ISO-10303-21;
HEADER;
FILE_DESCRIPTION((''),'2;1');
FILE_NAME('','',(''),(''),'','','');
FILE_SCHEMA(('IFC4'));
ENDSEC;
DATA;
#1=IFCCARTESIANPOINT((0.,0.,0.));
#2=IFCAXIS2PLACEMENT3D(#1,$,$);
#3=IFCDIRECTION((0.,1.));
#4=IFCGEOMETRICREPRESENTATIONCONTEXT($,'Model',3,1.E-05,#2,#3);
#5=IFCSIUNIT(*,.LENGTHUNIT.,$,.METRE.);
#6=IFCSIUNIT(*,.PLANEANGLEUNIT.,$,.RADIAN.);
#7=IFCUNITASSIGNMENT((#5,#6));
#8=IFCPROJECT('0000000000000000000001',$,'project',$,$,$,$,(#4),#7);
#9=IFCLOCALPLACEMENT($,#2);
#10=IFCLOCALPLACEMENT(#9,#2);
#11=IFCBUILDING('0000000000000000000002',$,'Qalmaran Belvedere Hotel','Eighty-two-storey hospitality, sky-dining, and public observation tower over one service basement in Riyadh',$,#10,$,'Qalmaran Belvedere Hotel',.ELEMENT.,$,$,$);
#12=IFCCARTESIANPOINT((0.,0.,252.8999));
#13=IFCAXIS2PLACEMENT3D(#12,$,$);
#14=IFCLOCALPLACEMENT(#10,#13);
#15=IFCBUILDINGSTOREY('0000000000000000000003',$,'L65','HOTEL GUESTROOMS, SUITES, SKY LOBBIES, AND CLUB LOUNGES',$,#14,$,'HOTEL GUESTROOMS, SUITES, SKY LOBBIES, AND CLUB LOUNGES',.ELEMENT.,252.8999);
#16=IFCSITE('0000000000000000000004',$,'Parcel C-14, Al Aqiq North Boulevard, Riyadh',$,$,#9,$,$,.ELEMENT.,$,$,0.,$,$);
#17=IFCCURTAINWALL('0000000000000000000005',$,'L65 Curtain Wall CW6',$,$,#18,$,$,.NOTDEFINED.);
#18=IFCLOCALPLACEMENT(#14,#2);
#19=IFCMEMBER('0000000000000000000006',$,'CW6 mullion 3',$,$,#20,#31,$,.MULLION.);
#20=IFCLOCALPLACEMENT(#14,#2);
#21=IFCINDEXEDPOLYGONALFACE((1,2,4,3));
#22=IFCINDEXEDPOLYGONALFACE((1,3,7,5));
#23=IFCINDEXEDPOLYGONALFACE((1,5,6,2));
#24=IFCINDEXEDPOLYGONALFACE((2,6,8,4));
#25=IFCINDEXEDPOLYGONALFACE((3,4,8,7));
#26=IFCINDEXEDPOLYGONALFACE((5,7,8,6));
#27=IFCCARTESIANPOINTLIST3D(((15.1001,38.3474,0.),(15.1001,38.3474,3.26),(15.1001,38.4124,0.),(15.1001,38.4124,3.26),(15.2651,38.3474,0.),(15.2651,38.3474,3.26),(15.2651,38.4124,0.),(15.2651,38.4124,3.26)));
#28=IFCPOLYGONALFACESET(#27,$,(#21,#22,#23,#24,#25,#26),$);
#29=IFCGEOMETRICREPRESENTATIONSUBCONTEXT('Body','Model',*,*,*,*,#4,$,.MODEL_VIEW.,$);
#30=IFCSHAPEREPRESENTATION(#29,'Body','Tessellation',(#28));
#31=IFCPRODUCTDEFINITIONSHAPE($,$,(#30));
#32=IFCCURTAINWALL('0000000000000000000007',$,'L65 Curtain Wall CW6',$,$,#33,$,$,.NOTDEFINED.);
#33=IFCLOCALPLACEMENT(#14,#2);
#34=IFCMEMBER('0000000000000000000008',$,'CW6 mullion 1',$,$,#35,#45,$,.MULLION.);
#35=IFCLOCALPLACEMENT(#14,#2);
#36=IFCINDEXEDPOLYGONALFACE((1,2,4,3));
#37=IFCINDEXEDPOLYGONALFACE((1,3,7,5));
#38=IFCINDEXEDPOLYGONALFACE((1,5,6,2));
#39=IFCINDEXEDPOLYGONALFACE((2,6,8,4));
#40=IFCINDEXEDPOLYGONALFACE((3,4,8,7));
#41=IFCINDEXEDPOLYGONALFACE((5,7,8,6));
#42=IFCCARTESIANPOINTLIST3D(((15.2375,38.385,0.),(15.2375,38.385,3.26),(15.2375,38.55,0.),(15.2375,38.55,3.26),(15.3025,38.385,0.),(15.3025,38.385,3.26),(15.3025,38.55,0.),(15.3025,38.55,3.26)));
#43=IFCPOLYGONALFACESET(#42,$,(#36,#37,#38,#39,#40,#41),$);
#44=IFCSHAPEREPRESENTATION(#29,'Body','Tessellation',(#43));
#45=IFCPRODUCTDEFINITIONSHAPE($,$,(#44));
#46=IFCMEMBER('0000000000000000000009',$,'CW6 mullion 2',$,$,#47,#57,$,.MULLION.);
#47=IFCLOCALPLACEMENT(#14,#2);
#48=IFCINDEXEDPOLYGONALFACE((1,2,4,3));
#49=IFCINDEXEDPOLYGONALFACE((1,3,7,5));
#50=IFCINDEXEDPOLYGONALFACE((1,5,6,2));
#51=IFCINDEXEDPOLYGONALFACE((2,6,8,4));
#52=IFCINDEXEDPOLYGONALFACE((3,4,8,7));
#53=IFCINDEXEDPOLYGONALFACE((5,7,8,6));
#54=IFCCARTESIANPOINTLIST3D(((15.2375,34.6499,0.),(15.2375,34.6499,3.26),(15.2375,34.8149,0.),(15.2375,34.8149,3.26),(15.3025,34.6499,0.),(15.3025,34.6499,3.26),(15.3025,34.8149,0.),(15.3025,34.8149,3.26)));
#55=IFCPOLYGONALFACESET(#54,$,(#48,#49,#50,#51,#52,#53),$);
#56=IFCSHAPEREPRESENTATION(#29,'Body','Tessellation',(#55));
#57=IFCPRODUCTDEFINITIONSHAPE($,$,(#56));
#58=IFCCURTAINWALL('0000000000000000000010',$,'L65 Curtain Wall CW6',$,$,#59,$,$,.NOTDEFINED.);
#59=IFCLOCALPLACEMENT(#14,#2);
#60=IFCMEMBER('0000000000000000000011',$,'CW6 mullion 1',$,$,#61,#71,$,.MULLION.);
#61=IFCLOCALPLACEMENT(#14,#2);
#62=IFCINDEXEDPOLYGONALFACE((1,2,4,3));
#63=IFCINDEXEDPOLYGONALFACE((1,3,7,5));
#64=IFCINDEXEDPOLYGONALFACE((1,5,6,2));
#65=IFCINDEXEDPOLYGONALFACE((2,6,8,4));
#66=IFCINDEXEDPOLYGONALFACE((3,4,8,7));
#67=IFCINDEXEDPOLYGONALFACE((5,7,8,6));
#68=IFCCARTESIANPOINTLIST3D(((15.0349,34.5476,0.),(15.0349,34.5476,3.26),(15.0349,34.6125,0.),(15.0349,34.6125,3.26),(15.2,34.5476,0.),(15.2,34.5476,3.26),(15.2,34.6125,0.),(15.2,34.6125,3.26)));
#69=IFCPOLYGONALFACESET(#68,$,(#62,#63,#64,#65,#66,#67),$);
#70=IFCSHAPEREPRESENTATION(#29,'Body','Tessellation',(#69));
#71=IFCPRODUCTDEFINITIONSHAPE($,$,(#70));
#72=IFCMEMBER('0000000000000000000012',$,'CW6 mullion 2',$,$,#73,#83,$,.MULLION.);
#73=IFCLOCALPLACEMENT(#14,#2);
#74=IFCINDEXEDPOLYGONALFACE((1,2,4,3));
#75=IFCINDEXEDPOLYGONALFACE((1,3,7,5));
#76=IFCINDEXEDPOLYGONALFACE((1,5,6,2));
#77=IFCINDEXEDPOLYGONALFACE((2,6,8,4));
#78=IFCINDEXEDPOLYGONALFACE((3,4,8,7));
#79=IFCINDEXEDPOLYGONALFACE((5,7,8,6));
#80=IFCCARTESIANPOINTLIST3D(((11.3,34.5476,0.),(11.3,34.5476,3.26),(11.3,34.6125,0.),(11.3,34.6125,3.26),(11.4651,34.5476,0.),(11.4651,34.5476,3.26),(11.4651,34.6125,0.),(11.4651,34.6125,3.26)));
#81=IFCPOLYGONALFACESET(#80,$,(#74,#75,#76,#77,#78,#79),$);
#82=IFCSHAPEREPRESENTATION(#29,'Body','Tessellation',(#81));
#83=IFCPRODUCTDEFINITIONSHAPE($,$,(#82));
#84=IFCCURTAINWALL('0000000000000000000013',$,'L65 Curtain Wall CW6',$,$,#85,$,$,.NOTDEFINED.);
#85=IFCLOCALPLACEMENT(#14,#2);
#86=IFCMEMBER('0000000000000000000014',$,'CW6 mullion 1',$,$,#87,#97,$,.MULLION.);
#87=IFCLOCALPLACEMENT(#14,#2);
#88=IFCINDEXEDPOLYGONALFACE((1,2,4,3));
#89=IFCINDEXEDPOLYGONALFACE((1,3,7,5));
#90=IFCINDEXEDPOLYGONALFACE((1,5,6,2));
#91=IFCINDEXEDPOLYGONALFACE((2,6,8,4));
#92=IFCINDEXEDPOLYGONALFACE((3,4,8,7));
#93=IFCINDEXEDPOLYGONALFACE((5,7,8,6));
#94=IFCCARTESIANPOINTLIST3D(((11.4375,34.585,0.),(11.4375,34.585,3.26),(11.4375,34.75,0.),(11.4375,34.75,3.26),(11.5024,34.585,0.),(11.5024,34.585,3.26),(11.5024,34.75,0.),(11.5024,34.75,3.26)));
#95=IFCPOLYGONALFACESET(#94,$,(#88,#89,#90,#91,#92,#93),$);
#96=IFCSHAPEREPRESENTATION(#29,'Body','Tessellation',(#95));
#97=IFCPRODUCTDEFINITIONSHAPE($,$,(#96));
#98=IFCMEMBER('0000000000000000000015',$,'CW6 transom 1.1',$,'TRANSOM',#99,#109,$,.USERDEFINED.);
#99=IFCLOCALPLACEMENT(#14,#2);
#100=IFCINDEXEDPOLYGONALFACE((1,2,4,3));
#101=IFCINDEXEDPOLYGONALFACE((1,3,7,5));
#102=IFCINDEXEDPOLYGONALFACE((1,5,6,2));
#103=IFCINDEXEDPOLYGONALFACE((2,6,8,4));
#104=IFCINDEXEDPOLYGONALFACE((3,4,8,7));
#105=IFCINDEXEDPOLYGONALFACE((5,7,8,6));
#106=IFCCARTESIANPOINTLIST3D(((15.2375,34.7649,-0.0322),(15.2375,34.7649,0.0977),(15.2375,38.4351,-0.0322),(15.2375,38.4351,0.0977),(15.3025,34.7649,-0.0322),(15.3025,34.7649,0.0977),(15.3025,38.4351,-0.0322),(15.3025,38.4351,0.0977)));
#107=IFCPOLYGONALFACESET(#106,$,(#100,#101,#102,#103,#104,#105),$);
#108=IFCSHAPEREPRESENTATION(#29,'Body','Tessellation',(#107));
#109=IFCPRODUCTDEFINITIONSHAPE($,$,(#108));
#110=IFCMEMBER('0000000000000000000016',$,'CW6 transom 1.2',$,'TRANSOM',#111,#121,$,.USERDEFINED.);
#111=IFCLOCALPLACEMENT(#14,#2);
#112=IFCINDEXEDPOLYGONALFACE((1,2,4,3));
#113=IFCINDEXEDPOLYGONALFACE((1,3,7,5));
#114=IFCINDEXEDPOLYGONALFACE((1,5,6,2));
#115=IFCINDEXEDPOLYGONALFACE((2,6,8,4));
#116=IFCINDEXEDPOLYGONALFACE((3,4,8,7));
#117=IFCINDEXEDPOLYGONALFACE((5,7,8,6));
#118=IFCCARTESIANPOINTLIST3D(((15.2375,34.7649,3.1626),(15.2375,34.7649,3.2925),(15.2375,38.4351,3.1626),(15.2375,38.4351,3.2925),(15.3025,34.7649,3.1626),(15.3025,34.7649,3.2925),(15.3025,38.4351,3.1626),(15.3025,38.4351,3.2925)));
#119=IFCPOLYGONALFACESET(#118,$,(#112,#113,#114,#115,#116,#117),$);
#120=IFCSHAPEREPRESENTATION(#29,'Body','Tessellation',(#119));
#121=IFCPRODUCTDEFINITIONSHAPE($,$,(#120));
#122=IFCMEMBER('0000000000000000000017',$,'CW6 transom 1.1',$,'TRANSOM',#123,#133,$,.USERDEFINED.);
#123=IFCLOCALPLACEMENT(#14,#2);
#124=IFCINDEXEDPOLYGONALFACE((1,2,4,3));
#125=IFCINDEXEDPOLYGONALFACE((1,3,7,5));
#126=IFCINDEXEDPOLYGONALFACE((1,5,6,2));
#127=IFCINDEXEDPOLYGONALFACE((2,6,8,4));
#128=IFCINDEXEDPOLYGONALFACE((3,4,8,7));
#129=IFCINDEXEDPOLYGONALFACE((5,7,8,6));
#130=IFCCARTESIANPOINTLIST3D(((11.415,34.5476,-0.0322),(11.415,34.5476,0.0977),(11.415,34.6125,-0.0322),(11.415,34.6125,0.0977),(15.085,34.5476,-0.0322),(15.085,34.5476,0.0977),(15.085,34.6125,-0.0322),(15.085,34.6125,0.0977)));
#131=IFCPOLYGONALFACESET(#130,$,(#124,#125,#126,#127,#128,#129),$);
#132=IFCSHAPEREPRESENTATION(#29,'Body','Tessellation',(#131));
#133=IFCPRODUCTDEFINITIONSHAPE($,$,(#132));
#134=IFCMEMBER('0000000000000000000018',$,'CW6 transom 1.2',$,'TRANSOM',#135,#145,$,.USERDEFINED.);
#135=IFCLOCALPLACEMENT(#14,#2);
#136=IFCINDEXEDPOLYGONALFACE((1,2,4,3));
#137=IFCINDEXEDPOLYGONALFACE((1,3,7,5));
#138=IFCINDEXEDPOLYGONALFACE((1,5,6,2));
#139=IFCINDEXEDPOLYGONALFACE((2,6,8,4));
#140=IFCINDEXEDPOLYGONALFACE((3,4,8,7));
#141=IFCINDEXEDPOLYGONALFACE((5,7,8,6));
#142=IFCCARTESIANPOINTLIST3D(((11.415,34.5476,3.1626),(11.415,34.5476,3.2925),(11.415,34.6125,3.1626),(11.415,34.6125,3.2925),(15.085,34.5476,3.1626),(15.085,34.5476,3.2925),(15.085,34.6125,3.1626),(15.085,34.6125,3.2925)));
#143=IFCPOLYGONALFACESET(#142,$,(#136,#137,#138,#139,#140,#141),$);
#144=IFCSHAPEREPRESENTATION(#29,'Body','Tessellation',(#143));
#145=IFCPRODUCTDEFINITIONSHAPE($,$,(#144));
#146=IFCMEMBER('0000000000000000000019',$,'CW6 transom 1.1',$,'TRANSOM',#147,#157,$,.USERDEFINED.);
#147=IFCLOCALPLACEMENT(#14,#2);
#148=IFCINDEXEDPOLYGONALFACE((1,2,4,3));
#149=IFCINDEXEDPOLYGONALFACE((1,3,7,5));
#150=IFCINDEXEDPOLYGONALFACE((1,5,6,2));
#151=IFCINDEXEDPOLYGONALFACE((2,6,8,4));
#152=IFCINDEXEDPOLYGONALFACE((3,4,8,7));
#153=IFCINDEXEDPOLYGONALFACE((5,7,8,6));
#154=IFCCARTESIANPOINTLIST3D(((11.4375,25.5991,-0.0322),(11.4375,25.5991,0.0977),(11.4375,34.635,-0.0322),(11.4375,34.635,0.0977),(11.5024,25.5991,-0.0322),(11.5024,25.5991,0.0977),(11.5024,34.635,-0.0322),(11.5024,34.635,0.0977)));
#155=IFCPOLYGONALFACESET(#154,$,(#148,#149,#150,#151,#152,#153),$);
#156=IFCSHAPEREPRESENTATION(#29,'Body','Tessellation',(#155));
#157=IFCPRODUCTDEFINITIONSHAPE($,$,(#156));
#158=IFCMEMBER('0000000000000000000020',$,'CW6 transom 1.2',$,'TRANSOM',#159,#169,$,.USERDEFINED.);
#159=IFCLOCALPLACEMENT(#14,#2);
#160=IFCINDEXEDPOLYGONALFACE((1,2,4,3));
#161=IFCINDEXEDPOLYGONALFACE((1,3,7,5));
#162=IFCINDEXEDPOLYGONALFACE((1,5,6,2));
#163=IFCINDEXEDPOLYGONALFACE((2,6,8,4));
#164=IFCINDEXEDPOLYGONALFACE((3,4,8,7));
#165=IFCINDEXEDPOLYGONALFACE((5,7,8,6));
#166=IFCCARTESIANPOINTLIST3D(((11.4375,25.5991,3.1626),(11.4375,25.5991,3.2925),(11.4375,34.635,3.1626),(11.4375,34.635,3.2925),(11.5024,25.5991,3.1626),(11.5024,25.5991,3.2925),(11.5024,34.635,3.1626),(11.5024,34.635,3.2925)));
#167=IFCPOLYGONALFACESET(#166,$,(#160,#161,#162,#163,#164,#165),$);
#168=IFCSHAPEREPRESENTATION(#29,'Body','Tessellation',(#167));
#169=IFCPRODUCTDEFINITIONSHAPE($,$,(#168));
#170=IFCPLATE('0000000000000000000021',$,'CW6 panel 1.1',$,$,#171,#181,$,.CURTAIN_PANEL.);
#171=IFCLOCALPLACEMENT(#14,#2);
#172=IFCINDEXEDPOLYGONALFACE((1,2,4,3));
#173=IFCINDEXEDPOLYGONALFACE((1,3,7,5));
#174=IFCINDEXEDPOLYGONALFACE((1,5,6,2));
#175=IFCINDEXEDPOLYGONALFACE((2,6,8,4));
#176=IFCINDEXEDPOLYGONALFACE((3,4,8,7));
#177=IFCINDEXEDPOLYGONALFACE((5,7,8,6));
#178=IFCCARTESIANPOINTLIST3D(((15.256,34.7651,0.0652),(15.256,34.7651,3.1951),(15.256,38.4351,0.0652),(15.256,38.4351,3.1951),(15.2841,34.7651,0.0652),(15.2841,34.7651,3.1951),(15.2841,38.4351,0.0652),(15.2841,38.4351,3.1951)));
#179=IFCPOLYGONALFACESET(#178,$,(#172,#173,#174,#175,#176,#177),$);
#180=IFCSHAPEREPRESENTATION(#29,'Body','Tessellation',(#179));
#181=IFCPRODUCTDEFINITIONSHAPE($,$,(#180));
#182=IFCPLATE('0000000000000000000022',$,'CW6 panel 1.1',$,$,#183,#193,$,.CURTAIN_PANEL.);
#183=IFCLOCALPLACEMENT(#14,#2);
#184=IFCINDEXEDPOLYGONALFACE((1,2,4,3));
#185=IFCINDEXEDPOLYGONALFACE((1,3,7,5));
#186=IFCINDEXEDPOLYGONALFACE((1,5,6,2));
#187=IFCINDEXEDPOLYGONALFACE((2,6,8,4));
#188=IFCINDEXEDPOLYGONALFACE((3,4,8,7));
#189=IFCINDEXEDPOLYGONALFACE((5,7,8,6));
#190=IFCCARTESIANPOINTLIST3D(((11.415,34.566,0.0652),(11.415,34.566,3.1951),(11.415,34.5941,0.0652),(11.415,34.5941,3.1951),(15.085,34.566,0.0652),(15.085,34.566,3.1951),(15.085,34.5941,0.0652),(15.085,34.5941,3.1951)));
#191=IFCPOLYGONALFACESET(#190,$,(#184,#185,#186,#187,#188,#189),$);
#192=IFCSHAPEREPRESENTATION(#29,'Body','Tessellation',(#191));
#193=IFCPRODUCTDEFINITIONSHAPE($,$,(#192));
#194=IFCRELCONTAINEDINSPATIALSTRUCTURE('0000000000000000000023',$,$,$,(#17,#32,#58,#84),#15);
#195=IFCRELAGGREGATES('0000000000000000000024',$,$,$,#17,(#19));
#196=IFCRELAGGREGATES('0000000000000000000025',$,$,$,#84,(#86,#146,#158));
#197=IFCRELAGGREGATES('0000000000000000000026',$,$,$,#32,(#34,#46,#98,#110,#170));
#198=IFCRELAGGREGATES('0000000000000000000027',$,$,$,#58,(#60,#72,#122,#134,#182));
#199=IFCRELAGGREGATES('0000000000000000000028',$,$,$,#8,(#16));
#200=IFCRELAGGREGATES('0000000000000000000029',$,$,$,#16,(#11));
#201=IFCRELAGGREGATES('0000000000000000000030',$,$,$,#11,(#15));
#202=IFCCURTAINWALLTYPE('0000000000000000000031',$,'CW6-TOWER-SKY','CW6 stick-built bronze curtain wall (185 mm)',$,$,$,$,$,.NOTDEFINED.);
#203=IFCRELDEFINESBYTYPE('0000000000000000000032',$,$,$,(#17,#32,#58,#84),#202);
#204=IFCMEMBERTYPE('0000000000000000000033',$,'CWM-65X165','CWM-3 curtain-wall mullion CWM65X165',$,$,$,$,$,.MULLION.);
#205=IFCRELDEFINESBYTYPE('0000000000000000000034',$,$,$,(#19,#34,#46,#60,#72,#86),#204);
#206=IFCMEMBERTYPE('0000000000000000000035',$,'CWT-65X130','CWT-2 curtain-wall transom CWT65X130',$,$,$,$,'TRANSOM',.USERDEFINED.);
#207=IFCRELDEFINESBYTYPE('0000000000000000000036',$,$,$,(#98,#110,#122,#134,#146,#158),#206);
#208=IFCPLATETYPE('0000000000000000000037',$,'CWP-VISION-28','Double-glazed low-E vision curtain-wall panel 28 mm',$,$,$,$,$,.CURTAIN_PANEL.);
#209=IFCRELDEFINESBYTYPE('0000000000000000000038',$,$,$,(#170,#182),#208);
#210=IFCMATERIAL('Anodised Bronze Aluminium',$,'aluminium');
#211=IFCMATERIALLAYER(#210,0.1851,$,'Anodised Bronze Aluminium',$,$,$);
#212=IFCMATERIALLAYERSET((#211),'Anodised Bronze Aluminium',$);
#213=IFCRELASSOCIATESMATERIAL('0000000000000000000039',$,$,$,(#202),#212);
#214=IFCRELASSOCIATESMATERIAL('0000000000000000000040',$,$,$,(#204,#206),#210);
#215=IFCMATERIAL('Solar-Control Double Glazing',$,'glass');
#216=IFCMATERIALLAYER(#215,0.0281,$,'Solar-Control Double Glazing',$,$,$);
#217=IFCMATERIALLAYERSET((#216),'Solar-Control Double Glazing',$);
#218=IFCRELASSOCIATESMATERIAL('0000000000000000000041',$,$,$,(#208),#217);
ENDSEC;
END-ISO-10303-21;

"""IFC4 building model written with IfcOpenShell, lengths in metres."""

from ifc_helpers import new_model, si_unit, direction, frame, origin, origin_2d, place, context, subcontext, project, spatial, rectangle, extrude, material, layer, layer_set, material_profile, profile_set, type_object, element, aggregate, save


model = new_model("IFC4")

# Units and contexts
model_context = context("Model", 3, precision=1e-05, world=origin(), true_north=direction((0.0, 1.0)))
body_context = subcontext(model_context, "Body", "Model", "MODEL_VIEW")
ifc_project = project(units=[si_unit("LENGTHUNIT", "METRE"), si_unit("PLANEANGLEUNIT", "RADIAN")], contexts=[model_context])

# Site, building, storey
site_placement = place(None, origin())
site = spatial("IfcSite", under=ifc_project, at=site_placement, Name="Parcel C-14, Al Aqiq North Boulevard, Riyadh", CompositionType="ELEMENT", RefElevation=0.0)
building_placement = place(site_placement, origin())
building = spatial("IfcBuilding", under=site, at=building_placement, Name="Qalmaran Belvedere Hotel", Description="Eighty-two-storey hospitality, sky-dining, and public observation tower over one service basement in Riyadh", LongName="Qalmaran Belvedere Hotel", CompositionType="ELEMENT")
storey_placement = place(building_placement, frame((0.0, 0.0, 252.8999)))
storey = spatial("IfcBuildingStorey", under=building, at=storey_placement, Name="L65", Description="HOTEL GUESTROOMS, SUITES, SKY LOBBIES, AND CLUB LOUNGES", LongName="HOTEL GUESTROOMS, SUITES, SKY LOBBIES, AND CLUB LOUNGES", CompositionType="ELEMENT", Elevation=252.8999)

# Curtain wall, member
ifc_material_1 = material(Name="Anodised Bronze Aluminium", Category="aluminium")
ifc_layer_1 = layer(ifc_material_1, 0.1851, Name="Anodised Bronze Aluminium")
ifc_layer_set_1 = layer_set([ifc_layer_1], Name="Anodised Bronze Aluminium")
curtain_wall_type = type_object("IfcCurtainWallType", Name="CW6-TOWER-SKY", Description="CW6 stick-built bronze curtain wall (185 mm)", PredefinedType="NOTDEFINED", material=ifc_layer_set_1)
curtain_wall_1_placement = place(storey_placement, origin())
curtain_wall_1 = element("IfcCurtainWall", 1, at=curtain_wall_1_placement, inside=storey, type_object=curtain_wall_type, Name="L65 Curtain Wall CW6", PredefinedType="NOTDEFINED")
ifc_material_profile_1 = material_profile(ifc_material_1, rectangle(XDim=0.0649, YDim=0.165, at=origin_2d()), Name="CWM65X165")
ifc_profile_set_1 = profile_set([ifc_material_profile_1], Name="Anodised Bronze Aluminium")
member_type_1 = type_object("IfcMemberType", Name="CWM-65X165", Description="CWM-3 curtain-wall mullion CWM65X165", PredefinedType="MULLION", material=ifc_profile_set_1)
member_1_placement = place(storey_placement, frame((15.1826, 38.3799, 0.0), z_axis=(0.0, 0.0, 1.0), x_axis=(0.0, -1.0, 0.0)))
member_1 = element("IfcMember", 2, at=member_1_placement, type_object=member_type_1, Name="CW6 mullion 3", PredefinedType="MULLION", context=body_context, shape_type="SweptSolid", body=[
    extrude(rectangle(XDim=0.0649, YDim=0.165, at=origin_2d()), origin(), (0.0, 0.0, 1.0), 3.26),
])
aggregate(curtain_wall_1, [member_1])

# Curtain walls, members
curtain_wall_2_placement = place(storey_placement, origin())
curtain_wall_2 = element("IfcCurtainWall", 3, at=curtain_wall_2_placement, inside=storey, type_object=curtain_wall_type, Name="L65 Curtain Wall CW6", PredefinedType="NOTDEFINED")
member_2_placement = place(storey_placement, frame((15.27, 38.4675, 0.0), z_axis=(0.0, 0.0, 1.0), x_axis=(1.0, 0.0, 0.0)))
member_2 = element("IfcMember", 4, at=member_2_placement, type_object=member_type_1, Name="CW6 mullion 1", PredefinedType="MULLION", context=body_context, shape_type="SweptSolid", body=[
    extrude(rectangle(XDim=0.0649, YDim=0.165, at=origin_2d()), origin(), (0.0, 0.0, 1.0), 3.26),
])
member_3_placement = place(storey_placement, frame((15.27, 34.7324, 0.0), z_axis=(0.0, 0.0, 1.0), x_axis=(1.0, 0.0, 0.0)))
member_3 = element("IfcMember", 5, at=member_3_placement, type_object=member_type_1, Name="CW6 mullion 2", PredefinedType="MULLION", context=body_context, shape_type="SweptSolid", body=[
    extrude(rectangle(XDim=0.0649, YDim=0.165, at=origin_2d()), origin(), (0.0, 0.0, 1.0), 3.26),
])
curtain_wall_3_placement = place(storey_placement, origin())
curtain_wall_3 = element("IfcCurtainWall", 6, at=curtain_wall_3_placement, inside=storey, type_object=curtain_wall_type, Name="L65 Curtain Wall CW6", PredefinedType="NOTDEFINED")
member_4_placement = place(storey_placement, frame((15.1174, 34.5801, 0.0), z_axis=(0.0, 0.0, 1.0), x_axis=(0.0, -1.0, 0.0)))
member_4 = element("IfcMember", 7, at=member_4_placement, type_object=member_type_1, Name="CW6 mullion 1", PredefinedType="MULLION", context=body_context, shape_type="SweptSolid", body=[
    extrude(rectangle(XDim=0.0649, YDim=0.165, at=origin_2d()), origin(), (0.0, 0.0, 1.0), 3.26),
])
member_5_placement = place(storey_placement, frame((11.3826, 34.5801, 0.0), z_axis=(0.0, 0.0, 1.0), x_axis=(0.0, -1.0, 0.0)))
member_5 = element("IfcMember", 8, at=member_5_placement, type_object=member_type_1, Name="CW6 mullion 2", PredefinedType="MULLION", context=body_context, shape_type="SweptSolid", body=[
    extrude(rectangle(XDim=0.0649, YDim=0.165, at=origin_2d()), origin(), (0.0, 0.0, 1.0), 3.26),
])

# Curtain wall, member
curtain_wall_4_placement = place(storey_placement, origin())
curtain_wall_4 = element("IfcCurtainWall", 9, at=curtain_wall_4_placement, inside=storey, type_object=curtain_wall_type, Name="L65 Curtain Wall CW6", PredefinedType="NOTDEFINED")
member_6_placement = place(storey_placement, frame((11.47, 34.6675, 0.0), z_axis=(0.0, 0.0, 1.0), x_axis=(1.0, 0.0, 0.0)))
member_6 = element("IfcMember", 10, at=member_6_placement, type_object=member_type_1, Name="CW6 mullion 1", PredefinedType="MULLION", context=body_context, shape_type="SweptSolid", body=[
    extrude(rectangle(XDim=0.0649, YDim=0.165, at=origin_2d()), origin(), (0.0, 0.0, 1.0), 3.26),
])

# Members
ifc_material_profile_2 = material_profile(ifc_material_1, rectangle(XDim=0.0649, YDim=0.1299, at=origin_2d()), Name="CWT65X130")
ifc_profile_set_2 = profile_set([ifc_material_profile_2], Name="Anodised Bronze Aluminium")
member_type_2 = type_object("IfcMemberType", Name="CWT-65X130", Description="CWT-2 curtain-wall transom CWT65X130", ElementType="TRANSOM", PredefinedType="USERDEFINED", material=ifc_profile_set_2)
member_7_placement = place(storey_placement, frame((15.27, 38.4351, 0.0327), z_axis=(0.0, -1.0, 0.0), x_axis=(1.0, 0.0, 0.0)))
member_7 = element("IfcMember", 11, at=member_7_placement, type_object=member_type_2, Name="CW6 transom 1.1", ObjectType="TRANSOM", PredefinedType="USERDEFINED", context=body_context, shape_type="SweptSolid", body=[
    extrude(rectangle(XDim=0.0649, YDim=0.1299, at=origin_2d()), origin(), (0.0, 0.0, 1.0), 3.6702),
])
member_8_placement = place(storey_placement, frame((15.27, 38.4351, 3.2275), z_axis=(0.0, -1.0, 0.0), x_axis=(1.0, 0.0, 0.0)))
member_8 = element("IfcMember", 12, at=member_8_placement, type_object=member_type_2, Name="CW6 transom 1.2", ObjectType="TRANSOM", PredefinedType="USERDEFINED", context=body_context, shape_type="SweptSolid", body=[
    extrude(rectangle(XDim=0.0649, YDim=0.1299, at=origin_2d()), origin(), (0.0, 0.0, 1.0), 3.6702),
])
member_9_placement = place(storey_placement, frame((15.085, 34.5801, 0.0327), z_axis=(-1.0, 0.0, 0.0), x_axis=(0.0, -1.0, 0.0)))
member_9 = element("IfcMember", 13, at=member_9_placement, type_object=member_type_2, Name="CW6 transom 1.1", ObjectType="TRANSOM", PredefinedType="USERDEFINED", context=body_context, shape_type="SweptSolid", body=[
    extrude(rectangle(XDim=0.0649, YDim=0.1299, at=origin_2d()), origin(), (0.0, 0.0, 1.0), 3.6699),
])
member_10_placement = place(storey_placement, frame((15.085, 34.5801, 3.2275), z_axis=(-1.0, 0.0, 0.0), x_axis=(0.0, -1.0, 0.0)))
member_10 = element("IfcMember", 14, at=member_10_placement, type_object=member_type_2, Name="CW6 transom 1.2", ObjectType="TRANSOM", PredefinedType="USERDEFINED", context=body_context, shape_type="SweptSolid", body=[
    extrude(rectangle(XDim=0.0649, YDim=0.1299, at=origin_2d()), origin(), (0.0, 0.0, 1.0), 3.6699),
])
member_11_placement = place(storey_placement, frame((11.47, 34.635, 0.0327), z_axis=(0.0, -1.0, 0.0), x_axis=(1.0, 0.0, 0.0)))
member_11 = element("IfcMember", 15, at=member_11_placement, type_object=member_type_2, Name="CW6 transom 1.1", ObjectType="TRANSOM", PredefinedType="USERDEFINED", context=body_context, shape_type="SweptSolid", body=[
    extrude(rectangle(XDim=0.0649, YDim=0.1299, at=origin_2d()), origin(), (0.0, 0.0, 1.0), 9.0359),
])
member_12_placement = place(storey_placement, frame((11.47, 34.635, 3.2275), z_axis=(0.0, -1.0, 0.0), x_axis=(1.0, 0.0, 0.0)))
member_12 = element("IfcMember", 16, at=member_12_placement, type_object=member_type_2, Name="CW6 transom 1.2", ObjectType="TRANSOM", PredefinedType="USERDEFINED", context=body_context, shape_type="SweptSolid", body=[
    extrude(rectangle(XDim=0.0649, YDim=0.1299, at=origin_2d()), origin(), (0.0, 0.0, 1.0), 9.0359),
])
aggregate(curtain_wall_4, [member_6, member_11, member_12])

# Plates
ifc_material_2 = material(Name="Solar-Control Double Glazing", Category="glass")
ifc_layer_2 = layer(ifc_material_2, 0.0281, Name="Solar-Control Double Glazing")
ifc_layer_set_2 = layer_set([ifc_layer_2], Name="Solar-Control Double Glazing")
plate_type = type_object("IfcPlateType", Name="CWP-VISION-28", Description="Double-glazed low-E vision curtain-wall panel 28 mm", PredefinedType="CURTAIN_PANEL", material=ifc_layer_set_2)
plate_1_placement = place(storey_placement, frame((15.27, 36.6001, 0.0652), z_axis=(0.0, 0.0, 1.0), x_axis=(0.0, -1.0, 0.0)))
plate_1 = element("IfcPlate", 17, at=plate_1_placement, type_object=plate_type, Name="CW6 panel 1.1", PredefinedType="CURTAIN_PANEL", context=body_context, shape_type="SweptSolid", body=[
    extrude(rectangle(XDim=3.6699, YDim=0.0281, at=origin_2d()), origin(), (0.0, 0.0, 1.0), 3.1299),
])
aggregate(curtain_wall_2, [member_2, member_3, member_7, member_8, plate_1])
plate_2_placement = place(storey_placement, frame((13.25, 34.5801, 0.0652), z_axis=(0.0, 0.0, 1.0), x_axis=(-1.0, 0.0, 0.0)))
plate_2 = element("IfcPlate", 18, at=plate_2_placement, type_object=plate_type, Name="CW6 panel 1.1", PredefinedType="CURTAIN_PANEL", context=body_context, shape_type="SweptSolid", body=[
    extrude(rectangle(XDim=3.6699, YDim=0.0281, at=origin_2d()), origin(), (0.0, 0.0, 1.0), 3.1299),
])
aggregate(curtain_wall_3, [member_4, member_5, member_9, member_10, plate_2])

save(model, "model.ifc")
